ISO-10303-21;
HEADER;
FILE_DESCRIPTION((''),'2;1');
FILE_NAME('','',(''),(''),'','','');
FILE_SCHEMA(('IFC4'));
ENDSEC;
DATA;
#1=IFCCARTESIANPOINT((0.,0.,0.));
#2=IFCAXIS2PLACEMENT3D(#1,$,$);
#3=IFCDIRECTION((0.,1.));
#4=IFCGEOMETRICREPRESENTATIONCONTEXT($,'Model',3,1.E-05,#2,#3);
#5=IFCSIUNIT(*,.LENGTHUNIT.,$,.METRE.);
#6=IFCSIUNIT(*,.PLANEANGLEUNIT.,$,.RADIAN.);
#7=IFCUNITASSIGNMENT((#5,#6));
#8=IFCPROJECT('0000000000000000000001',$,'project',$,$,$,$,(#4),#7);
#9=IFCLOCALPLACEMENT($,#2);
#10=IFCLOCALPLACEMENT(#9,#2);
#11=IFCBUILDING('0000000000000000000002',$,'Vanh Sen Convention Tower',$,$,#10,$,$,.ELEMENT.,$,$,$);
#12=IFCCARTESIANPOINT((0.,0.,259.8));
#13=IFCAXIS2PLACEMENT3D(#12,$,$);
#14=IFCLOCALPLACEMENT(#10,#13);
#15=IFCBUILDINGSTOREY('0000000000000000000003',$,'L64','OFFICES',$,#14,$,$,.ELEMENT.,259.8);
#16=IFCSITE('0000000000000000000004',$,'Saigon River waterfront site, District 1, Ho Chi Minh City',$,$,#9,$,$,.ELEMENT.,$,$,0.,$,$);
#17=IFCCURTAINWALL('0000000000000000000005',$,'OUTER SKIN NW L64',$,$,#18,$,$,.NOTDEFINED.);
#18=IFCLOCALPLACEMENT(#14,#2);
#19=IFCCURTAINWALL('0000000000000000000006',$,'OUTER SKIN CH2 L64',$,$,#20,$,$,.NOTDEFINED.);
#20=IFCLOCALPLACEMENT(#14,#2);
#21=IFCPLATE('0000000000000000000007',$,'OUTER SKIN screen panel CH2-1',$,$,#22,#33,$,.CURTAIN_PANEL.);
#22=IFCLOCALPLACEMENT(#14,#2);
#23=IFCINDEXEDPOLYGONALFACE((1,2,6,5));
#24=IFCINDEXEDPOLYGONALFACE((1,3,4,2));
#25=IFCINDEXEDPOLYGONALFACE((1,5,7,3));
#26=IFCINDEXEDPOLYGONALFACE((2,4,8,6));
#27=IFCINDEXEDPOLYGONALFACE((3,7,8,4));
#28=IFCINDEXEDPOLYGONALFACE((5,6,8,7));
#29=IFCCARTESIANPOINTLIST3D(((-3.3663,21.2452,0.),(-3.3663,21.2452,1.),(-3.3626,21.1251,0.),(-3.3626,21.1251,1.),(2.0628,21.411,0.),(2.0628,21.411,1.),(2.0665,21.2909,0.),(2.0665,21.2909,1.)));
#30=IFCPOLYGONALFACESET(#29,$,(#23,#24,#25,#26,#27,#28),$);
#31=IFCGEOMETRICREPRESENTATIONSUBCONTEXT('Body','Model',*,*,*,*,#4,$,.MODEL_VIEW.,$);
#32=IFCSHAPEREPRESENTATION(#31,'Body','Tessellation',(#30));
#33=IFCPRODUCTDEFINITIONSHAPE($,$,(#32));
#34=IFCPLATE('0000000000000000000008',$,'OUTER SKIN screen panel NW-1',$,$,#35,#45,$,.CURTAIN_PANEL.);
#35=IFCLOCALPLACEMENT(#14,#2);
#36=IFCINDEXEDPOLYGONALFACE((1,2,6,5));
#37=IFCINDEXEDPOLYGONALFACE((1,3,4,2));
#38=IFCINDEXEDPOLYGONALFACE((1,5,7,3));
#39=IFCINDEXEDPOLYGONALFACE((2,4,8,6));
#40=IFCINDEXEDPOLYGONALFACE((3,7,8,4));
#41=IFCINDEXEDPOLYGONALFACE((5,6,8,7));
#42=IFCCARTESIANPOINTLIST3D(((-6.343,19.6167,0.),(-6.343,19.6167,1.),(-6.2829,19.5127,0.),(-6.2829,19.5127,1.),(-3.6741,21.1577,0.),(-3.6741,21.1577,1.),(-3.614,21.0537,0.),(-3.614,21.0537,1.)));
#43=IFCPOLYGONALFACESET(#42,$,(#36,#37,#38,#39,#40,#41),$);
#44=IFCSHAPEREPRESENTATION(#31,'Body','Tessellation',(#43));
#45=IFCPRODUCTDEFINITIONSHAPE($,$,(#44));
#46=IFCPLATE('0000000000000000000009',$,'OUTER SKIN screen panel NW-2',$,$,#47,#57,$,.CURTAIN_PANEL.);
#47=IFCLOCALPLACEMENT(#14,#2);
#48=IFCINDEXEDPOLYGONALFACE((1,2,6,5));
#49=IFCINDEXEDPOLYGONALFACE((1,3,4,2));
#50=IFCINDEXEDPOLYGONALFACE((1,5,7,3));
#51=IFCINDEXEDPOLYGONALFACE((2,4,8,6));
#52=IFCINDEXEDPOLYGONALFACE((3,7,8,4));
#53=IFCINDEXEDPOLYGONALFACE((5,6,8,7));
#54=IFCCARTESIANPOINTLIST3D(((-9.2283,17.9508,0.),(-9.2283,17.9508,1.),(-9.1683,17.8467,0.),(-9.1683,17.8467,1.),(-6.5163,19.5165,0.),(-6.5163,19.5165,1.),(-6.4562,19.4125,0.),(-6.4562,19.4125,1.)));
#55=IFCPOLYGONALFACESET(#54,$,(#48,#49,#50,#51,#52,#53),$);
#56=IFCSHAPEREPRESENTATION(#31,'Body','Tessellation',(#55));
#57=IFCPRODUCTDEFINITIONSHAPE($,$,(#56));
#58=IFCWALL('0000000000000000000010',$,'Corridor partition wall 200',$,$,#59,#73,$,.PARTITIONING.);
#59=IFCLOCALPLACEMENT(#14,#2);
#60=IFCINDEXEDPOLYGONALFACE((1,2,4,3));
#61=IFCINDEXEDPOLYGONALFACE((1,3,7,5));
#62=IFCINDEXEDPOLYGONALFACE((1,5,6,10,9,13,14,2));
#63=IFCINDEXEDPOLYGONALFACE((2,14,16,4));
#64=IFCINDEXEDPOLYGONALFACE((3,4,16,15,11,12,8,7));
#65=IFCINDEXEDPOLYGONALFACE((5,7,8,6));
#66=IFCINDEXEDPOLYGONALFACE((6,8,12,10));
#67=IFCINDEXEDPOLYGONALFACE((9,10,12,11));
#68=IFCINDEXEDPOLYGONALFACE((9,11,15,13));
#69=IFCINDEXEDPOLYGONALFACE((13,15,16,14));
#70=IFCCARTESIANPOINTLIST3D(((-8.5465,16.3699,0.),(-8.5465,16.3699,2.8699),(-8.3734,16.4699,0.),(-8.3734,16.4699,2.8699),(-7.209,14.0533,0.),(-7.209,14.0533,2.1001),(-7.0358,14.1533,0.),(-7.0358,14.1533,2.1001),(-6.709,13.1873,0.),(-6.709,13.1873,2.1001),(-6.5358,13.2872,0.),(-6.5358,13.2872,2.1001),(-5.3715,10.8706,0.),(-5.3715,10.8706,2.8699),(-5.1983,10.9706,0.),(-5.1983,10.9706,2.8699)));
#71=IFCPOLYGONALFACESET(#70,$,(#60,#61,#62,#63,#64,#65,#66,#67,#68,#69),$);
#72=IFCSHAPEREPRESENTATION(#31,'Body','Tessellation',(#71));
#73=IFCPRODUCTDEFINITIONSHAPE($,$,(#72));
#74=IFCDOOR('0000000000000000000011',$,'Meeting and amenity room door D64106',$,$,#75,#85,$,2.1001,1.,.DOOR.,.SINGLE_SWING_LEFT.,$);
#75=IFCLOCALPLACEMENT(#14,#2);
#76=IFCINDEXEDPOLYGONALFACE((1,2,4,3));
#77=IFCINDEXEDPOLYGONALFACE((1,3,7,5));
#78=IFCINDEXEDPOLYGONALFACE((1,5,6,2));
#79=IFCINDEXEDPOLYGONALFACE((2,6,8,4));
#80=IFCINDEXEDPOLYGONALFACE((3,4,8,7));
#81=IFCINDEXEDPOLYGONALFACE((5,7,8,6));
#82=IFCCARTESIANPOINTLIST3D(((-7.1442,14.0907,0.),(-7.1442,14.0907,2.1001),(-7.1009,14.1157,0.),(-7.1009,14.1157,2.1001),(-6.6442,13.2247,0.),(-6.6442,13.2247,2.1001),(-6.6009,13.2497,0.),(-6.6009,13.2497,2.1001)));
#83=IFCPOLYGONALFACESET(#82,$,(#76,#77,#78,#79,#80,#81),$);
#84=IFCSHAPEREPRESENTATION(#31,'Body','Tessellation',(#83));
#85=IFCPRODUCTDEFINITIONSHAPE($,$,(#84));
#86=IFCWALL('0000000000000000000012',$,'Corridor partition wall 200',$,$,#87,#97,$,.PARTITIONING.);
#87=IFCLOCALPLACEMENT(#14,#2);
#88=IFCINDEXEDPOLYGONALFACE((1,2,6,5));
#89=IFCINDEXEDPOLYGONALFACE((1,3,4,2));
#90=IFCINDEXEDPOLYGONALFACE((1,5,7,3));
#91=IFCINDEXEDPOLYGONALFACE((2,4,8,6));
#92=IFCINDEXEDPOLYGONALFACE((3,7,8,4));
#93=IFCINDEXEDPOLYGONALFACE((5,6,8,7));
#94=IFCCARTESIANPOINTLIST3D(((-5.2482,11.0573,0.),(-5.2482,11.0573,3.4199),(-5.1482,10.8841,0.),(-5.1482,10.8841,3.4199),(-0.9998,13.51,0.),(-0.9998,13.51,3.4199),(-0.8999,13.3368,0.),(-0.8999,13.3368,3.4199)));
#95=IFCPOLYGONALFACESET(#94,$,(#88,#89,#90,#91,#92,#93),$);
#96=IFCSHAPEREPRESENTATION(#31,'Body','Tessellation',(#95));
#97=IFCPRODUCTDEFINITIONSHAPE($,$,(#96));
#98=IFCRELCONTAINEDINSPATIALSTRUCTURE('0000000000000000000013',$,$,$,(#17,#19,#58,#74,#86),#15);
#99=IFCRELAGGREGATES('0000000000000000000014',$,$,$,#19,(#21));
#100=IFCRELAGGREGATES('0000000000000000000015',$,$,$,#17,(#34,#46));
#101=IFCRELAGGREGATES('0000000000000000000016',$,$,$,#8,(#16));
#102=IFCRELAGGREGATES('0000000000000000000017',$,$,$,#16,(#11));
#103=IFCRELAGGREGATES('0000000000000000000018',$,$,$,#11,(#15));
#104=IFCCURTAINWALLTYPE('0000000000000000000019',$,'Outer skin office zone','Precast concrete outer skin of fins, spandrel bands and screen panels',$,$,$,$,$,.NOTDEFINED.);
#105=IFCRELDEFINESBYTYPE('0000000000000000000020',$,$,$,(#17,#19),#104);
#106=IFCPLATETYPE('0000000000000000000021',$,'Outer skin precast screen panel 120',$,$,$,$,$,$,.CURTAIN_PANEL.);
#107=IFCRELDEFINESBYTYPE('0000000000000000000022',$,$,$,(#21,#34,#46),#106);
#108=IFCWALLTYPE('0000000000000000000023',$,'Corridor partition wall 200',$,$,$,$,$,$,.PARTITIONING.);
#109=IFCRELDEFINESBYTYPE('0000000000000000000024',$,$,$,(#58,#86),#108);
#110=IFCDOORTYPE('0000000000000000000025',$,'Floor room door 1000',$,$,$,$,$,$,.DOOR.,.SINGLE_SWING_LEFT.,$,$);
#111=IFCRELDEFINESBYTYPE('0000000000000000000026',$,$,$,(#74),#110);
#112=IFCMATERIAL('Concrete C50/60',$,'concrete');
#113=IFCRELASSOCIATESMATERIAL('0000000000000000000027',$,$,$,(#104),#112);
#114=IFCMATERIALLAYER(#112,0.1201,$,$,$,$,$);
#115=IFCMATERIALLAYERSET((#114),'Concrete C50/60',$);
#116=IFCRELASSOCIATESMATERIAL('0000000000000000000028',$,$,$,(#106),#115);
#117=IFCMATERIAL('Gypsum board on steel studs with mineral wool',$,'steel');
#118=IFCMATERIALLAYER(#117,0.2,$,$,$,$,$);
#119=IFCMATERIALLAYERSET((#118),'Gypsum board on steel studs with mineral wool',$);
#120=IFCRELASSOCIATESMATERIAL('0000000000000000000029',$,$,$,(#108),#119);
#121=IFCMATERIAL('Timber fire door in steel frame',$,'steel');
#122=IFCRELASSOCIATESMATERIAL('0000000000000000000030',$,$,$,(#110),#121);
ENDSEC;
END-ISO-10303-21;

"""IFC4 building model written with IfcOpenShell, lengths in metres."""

from ifc_helpers import new_model, si_unit, direction, frame, frame_2d, origin, origin_2d, place, context, subcontext, project, spatial, rectangle, extrude, material, layer, layer_set, type_object, element, fill, aggregate, save


model = new_model("IFC4")

# Units and contexts
model_context = context("Model", 3, precision=1e-05, world=origin(), true_north=direction((0.0, 1.0)))
body_context = subcontext(model_context, "Body", "Model", "MODEL_VIEW")
ifc_project = project(units=[si_unit("LENGTHUNIT", "METRE"), si_unit("PLANEANGLEUNIT", "RADIAN")], contexts=[model_context])

# Site, building, storey
site_placement = place(None, origin())
site = spatial("IfcSite", under=ifc_project, at=site_placement, Name="Saigon River waterfront site, District 1, Ho Chi Minh City", CompositionType="ELEMENT", RefElevation=0.0)
building_placement = place(site_placement, origin())
building = spatial("IfcBuilding", under=site, at=building_placement, Name="Vanh Sen Convention Tower", CompositionType="ELEMENT")
storey_placement = place(building_placement, frame((0.0, 0.0, 259.8)))
storey = spatial("IfcBuildingStorey", under=building, at=storey_placement, Name="L64", Description="OFFICES", CompositionType="ELEMENT", Elevation=259.8)

# Curtain wall
ifc_material_1 = material(Name="Concrete C50/60", Category="concrete")
curtain_wall_type = type_object("IfcCurtainWallType", Name="Outer skin office zone", Description="Precast concrete outer skin of fins, spandrel bands and screen panels", PredefinedType="NOTDEFINED", material=ifc_material_1)
curtain_wall_1_placement = place(storey_placement, origin())
curtain_wall_1 = element("IfcCurtainWall", 1, at=curtain_wall_1_placement, inside=storey, type_object=curtain_wall_type, Name="OUTER SKIN NW L64", PredefinedType="NOTDEFINED")

# Curtain wall, plate
curtain_wall_2_placement = place(storey_placement, origin())
curtain_wall_2 = element("IfcCurtainWall", 2, at=curtain_wall_2_placement, inside=storey, type_object=curtain_wall_type, Name="OUTER SKIN CH2 L64", PredefinedType="NOTDEFINED")
ifc_layer_1 = layer(ifc_material_1, 0.1201)
ifc_layer_set_1 = layer_set([ifc_layer_1], Name="Concrete C50/60")
plate_type = type_object("IfcPlateType", Name="Outer skin precast screen panel 120", PredefinedType="CURTAIN_PANEL", material=ifc_layer_set_1)
plate_1_placement = place(storey_placement, frame((-0.6499, 21.2681, 0.0), z_axis=(0.0, 0.0, 1.0), x_axis=(-0.999534, -0.030528, 0.0)))
plate_1 = element("IfcPlate", 3, at=plate_1_placement, type_object=plate_type, Name="OUTER SKIN screen panel CH2-1", PredefinedType="CURTAIN_PANEL", context=body_context, shape_type="SweptSolid", body=[
    extrude(rectangle(XDim=5.4316, YDim=0.1201, at=origin_2d()), origin(), (0.0, 0.0, 1.0), 1.0),
])
aggregate(curtain_wall_2, [plate_1])

# Plates
plate_2_placement = place(storey_placement, frame((-4.9785, 20.3352, 0.0), z_axis=(0.0, 0.0, 1.0), x_axis=(-0.866016, -0.500017, 0.0)))
plate_2 = element("IfcPlate", 4, at=plate_2_placement, type_object=plate_type, Name="OUTER SKIN screen panel NW-1", PredefinedType="CURTAIN_PANEL", context=body_context, shape_type="SweptSolid", body=[
    extrude(rectangle(XDim=3.0818, YDim=0.1201, at=origin_2d()), origin(), (0.0, 0.0, 1.0), 1.0),
])
plate_3_placement = place(storey_placement, frame((-7.8423, 18.6816, 0.0), z_axis=(0.0, 0.0, 1.0), x_axis=(-0.866029, -0.499994, 0.0)))
plate_3 = element("IfcPlate", 5, at=plate_3_placement, type_object=plate_type, Name="OUTER SKIN screen panel NW-2", PredefinedType="CURTAIN_PANEL", context=body_context, shape_type="SweptSolid", body=[
    extrude(rectangle(XDim=3.1316, YDim=0.1201, at=origin_2d()), origin(), (0.0, 0.0, 1.0), 1.0),
])
aggregate(curtain_wall_1, [plate_2, plate_3])

# Wall, opening, door
ifc_material_2 = material(Name="Gypsum board on steel studs with mineral wool", Category="steel")
ifc_layer_2 = layer(ifc_material_2, 0.2)
ifc_layer_set_2 = layer_set([ifc_layer_2], Name="Gypsum board on steel studs with mineral wool")
wall_type_1 = type_object("IfcWallType", Name="Corridor partition wall 200", PredefinedType="PARTITIONING", material=ifc_layer_set_2)
wall_1_placement = place(storey_placement, frame((-8.46, 16.4199, 0.0), z_axis=(0.0, 0.0, 1.0), x_axis=(0.500005, -0.866022, 0.0)))
wall_1 = element("IfcWall", 6, at=wall_1_placement, inside=storey, type_object=wall_type_1, Name="Corridor partition wall 200", PredefinedType="PARTITIONING", context=body_context, shape_type="SweptSolid", body=[
    extrude(rectangle(XDim=6.3501, YDim=0.2, at=frame_2d((3.175, 0.0))), origin(), (0.0, 0.0, 1.0), 2.8699),
])
opening_1_placement = place(wall_1_placement, frame((2.675, 0.0, 0.0)))
opening_1 = element("IfcOpeningElement", 7, at=opening_1_placement, cuts=wall_1, PredefinedType="OPENING", context=body_context, shape_type="SweptSolid", body=[
    extrude(rectangle(XDim=1.0, YDim=2.1001, at=frame_2d((0.5, 1.05))), frame((0.0, 0.1099, 0.0), z_axis=(0.0, -1.0, 0.0), x_axis=(1.0, 0.0, 0.0)), (0.0, 0.0, 1.0), 0.22),
])
ifc_material_3 = material(Name="Timber fire door in steel frame", Category="steel")
door_type = type_object("IfcDoorType", Name="Floor room door 1000", OperationType="SINGLE_SWING_LEFT", PredefinedType="DOOR", material=ifc_material_3)
door_placement = place(opening_1_placement, origin())
door = element("IfcDoor", 8, at=door_placement, inside=storey, type_object=door_type, Name="Meeting and amenity room door D64106", OperationType="SINGLE_SWING_LEFT", OverallHeight=2.1001, OverallWidth=1.0, PredefinedType="DOOR", context=body_context, shape_type="SweptSolid", body=[
    extrude(rectangle(XDim=1.0, YDim=2.1001, at=frame_2d((0.5, 1.05))), frame((0.0, 0.0249, 0.0), z_axis=(0.0, -1.0, 0.0), x_axis=(1.0, 0.0, 0.0)), (0.0, 0.0, 1.0), 0.05),
])
fill(opening_1, door)

# Wall
wall_2_placement = place(storey_placement, frame((-0.95, 13.4233, 0.0), z_axis=(0.0, 0.0, 1.0), x_axis=(-0.866036, -0.499982, 0.0)))
element("IfcWall", 9, at=wall_2_placement, inside=storey, type_object=wall_type_1, Name="Corridor partition wall 200", PredefinedType="PARTITIONING", context=body_context, shape_type="SweptSolid", body=[
    extrude(rectangle(XDim=4.9055, YDim=0.2, at=frame_2d((2.4526, 0.0))), origin(), (0.0, 0.0, 1.0), 3.4199),
])

save(model, "model.ifc")
